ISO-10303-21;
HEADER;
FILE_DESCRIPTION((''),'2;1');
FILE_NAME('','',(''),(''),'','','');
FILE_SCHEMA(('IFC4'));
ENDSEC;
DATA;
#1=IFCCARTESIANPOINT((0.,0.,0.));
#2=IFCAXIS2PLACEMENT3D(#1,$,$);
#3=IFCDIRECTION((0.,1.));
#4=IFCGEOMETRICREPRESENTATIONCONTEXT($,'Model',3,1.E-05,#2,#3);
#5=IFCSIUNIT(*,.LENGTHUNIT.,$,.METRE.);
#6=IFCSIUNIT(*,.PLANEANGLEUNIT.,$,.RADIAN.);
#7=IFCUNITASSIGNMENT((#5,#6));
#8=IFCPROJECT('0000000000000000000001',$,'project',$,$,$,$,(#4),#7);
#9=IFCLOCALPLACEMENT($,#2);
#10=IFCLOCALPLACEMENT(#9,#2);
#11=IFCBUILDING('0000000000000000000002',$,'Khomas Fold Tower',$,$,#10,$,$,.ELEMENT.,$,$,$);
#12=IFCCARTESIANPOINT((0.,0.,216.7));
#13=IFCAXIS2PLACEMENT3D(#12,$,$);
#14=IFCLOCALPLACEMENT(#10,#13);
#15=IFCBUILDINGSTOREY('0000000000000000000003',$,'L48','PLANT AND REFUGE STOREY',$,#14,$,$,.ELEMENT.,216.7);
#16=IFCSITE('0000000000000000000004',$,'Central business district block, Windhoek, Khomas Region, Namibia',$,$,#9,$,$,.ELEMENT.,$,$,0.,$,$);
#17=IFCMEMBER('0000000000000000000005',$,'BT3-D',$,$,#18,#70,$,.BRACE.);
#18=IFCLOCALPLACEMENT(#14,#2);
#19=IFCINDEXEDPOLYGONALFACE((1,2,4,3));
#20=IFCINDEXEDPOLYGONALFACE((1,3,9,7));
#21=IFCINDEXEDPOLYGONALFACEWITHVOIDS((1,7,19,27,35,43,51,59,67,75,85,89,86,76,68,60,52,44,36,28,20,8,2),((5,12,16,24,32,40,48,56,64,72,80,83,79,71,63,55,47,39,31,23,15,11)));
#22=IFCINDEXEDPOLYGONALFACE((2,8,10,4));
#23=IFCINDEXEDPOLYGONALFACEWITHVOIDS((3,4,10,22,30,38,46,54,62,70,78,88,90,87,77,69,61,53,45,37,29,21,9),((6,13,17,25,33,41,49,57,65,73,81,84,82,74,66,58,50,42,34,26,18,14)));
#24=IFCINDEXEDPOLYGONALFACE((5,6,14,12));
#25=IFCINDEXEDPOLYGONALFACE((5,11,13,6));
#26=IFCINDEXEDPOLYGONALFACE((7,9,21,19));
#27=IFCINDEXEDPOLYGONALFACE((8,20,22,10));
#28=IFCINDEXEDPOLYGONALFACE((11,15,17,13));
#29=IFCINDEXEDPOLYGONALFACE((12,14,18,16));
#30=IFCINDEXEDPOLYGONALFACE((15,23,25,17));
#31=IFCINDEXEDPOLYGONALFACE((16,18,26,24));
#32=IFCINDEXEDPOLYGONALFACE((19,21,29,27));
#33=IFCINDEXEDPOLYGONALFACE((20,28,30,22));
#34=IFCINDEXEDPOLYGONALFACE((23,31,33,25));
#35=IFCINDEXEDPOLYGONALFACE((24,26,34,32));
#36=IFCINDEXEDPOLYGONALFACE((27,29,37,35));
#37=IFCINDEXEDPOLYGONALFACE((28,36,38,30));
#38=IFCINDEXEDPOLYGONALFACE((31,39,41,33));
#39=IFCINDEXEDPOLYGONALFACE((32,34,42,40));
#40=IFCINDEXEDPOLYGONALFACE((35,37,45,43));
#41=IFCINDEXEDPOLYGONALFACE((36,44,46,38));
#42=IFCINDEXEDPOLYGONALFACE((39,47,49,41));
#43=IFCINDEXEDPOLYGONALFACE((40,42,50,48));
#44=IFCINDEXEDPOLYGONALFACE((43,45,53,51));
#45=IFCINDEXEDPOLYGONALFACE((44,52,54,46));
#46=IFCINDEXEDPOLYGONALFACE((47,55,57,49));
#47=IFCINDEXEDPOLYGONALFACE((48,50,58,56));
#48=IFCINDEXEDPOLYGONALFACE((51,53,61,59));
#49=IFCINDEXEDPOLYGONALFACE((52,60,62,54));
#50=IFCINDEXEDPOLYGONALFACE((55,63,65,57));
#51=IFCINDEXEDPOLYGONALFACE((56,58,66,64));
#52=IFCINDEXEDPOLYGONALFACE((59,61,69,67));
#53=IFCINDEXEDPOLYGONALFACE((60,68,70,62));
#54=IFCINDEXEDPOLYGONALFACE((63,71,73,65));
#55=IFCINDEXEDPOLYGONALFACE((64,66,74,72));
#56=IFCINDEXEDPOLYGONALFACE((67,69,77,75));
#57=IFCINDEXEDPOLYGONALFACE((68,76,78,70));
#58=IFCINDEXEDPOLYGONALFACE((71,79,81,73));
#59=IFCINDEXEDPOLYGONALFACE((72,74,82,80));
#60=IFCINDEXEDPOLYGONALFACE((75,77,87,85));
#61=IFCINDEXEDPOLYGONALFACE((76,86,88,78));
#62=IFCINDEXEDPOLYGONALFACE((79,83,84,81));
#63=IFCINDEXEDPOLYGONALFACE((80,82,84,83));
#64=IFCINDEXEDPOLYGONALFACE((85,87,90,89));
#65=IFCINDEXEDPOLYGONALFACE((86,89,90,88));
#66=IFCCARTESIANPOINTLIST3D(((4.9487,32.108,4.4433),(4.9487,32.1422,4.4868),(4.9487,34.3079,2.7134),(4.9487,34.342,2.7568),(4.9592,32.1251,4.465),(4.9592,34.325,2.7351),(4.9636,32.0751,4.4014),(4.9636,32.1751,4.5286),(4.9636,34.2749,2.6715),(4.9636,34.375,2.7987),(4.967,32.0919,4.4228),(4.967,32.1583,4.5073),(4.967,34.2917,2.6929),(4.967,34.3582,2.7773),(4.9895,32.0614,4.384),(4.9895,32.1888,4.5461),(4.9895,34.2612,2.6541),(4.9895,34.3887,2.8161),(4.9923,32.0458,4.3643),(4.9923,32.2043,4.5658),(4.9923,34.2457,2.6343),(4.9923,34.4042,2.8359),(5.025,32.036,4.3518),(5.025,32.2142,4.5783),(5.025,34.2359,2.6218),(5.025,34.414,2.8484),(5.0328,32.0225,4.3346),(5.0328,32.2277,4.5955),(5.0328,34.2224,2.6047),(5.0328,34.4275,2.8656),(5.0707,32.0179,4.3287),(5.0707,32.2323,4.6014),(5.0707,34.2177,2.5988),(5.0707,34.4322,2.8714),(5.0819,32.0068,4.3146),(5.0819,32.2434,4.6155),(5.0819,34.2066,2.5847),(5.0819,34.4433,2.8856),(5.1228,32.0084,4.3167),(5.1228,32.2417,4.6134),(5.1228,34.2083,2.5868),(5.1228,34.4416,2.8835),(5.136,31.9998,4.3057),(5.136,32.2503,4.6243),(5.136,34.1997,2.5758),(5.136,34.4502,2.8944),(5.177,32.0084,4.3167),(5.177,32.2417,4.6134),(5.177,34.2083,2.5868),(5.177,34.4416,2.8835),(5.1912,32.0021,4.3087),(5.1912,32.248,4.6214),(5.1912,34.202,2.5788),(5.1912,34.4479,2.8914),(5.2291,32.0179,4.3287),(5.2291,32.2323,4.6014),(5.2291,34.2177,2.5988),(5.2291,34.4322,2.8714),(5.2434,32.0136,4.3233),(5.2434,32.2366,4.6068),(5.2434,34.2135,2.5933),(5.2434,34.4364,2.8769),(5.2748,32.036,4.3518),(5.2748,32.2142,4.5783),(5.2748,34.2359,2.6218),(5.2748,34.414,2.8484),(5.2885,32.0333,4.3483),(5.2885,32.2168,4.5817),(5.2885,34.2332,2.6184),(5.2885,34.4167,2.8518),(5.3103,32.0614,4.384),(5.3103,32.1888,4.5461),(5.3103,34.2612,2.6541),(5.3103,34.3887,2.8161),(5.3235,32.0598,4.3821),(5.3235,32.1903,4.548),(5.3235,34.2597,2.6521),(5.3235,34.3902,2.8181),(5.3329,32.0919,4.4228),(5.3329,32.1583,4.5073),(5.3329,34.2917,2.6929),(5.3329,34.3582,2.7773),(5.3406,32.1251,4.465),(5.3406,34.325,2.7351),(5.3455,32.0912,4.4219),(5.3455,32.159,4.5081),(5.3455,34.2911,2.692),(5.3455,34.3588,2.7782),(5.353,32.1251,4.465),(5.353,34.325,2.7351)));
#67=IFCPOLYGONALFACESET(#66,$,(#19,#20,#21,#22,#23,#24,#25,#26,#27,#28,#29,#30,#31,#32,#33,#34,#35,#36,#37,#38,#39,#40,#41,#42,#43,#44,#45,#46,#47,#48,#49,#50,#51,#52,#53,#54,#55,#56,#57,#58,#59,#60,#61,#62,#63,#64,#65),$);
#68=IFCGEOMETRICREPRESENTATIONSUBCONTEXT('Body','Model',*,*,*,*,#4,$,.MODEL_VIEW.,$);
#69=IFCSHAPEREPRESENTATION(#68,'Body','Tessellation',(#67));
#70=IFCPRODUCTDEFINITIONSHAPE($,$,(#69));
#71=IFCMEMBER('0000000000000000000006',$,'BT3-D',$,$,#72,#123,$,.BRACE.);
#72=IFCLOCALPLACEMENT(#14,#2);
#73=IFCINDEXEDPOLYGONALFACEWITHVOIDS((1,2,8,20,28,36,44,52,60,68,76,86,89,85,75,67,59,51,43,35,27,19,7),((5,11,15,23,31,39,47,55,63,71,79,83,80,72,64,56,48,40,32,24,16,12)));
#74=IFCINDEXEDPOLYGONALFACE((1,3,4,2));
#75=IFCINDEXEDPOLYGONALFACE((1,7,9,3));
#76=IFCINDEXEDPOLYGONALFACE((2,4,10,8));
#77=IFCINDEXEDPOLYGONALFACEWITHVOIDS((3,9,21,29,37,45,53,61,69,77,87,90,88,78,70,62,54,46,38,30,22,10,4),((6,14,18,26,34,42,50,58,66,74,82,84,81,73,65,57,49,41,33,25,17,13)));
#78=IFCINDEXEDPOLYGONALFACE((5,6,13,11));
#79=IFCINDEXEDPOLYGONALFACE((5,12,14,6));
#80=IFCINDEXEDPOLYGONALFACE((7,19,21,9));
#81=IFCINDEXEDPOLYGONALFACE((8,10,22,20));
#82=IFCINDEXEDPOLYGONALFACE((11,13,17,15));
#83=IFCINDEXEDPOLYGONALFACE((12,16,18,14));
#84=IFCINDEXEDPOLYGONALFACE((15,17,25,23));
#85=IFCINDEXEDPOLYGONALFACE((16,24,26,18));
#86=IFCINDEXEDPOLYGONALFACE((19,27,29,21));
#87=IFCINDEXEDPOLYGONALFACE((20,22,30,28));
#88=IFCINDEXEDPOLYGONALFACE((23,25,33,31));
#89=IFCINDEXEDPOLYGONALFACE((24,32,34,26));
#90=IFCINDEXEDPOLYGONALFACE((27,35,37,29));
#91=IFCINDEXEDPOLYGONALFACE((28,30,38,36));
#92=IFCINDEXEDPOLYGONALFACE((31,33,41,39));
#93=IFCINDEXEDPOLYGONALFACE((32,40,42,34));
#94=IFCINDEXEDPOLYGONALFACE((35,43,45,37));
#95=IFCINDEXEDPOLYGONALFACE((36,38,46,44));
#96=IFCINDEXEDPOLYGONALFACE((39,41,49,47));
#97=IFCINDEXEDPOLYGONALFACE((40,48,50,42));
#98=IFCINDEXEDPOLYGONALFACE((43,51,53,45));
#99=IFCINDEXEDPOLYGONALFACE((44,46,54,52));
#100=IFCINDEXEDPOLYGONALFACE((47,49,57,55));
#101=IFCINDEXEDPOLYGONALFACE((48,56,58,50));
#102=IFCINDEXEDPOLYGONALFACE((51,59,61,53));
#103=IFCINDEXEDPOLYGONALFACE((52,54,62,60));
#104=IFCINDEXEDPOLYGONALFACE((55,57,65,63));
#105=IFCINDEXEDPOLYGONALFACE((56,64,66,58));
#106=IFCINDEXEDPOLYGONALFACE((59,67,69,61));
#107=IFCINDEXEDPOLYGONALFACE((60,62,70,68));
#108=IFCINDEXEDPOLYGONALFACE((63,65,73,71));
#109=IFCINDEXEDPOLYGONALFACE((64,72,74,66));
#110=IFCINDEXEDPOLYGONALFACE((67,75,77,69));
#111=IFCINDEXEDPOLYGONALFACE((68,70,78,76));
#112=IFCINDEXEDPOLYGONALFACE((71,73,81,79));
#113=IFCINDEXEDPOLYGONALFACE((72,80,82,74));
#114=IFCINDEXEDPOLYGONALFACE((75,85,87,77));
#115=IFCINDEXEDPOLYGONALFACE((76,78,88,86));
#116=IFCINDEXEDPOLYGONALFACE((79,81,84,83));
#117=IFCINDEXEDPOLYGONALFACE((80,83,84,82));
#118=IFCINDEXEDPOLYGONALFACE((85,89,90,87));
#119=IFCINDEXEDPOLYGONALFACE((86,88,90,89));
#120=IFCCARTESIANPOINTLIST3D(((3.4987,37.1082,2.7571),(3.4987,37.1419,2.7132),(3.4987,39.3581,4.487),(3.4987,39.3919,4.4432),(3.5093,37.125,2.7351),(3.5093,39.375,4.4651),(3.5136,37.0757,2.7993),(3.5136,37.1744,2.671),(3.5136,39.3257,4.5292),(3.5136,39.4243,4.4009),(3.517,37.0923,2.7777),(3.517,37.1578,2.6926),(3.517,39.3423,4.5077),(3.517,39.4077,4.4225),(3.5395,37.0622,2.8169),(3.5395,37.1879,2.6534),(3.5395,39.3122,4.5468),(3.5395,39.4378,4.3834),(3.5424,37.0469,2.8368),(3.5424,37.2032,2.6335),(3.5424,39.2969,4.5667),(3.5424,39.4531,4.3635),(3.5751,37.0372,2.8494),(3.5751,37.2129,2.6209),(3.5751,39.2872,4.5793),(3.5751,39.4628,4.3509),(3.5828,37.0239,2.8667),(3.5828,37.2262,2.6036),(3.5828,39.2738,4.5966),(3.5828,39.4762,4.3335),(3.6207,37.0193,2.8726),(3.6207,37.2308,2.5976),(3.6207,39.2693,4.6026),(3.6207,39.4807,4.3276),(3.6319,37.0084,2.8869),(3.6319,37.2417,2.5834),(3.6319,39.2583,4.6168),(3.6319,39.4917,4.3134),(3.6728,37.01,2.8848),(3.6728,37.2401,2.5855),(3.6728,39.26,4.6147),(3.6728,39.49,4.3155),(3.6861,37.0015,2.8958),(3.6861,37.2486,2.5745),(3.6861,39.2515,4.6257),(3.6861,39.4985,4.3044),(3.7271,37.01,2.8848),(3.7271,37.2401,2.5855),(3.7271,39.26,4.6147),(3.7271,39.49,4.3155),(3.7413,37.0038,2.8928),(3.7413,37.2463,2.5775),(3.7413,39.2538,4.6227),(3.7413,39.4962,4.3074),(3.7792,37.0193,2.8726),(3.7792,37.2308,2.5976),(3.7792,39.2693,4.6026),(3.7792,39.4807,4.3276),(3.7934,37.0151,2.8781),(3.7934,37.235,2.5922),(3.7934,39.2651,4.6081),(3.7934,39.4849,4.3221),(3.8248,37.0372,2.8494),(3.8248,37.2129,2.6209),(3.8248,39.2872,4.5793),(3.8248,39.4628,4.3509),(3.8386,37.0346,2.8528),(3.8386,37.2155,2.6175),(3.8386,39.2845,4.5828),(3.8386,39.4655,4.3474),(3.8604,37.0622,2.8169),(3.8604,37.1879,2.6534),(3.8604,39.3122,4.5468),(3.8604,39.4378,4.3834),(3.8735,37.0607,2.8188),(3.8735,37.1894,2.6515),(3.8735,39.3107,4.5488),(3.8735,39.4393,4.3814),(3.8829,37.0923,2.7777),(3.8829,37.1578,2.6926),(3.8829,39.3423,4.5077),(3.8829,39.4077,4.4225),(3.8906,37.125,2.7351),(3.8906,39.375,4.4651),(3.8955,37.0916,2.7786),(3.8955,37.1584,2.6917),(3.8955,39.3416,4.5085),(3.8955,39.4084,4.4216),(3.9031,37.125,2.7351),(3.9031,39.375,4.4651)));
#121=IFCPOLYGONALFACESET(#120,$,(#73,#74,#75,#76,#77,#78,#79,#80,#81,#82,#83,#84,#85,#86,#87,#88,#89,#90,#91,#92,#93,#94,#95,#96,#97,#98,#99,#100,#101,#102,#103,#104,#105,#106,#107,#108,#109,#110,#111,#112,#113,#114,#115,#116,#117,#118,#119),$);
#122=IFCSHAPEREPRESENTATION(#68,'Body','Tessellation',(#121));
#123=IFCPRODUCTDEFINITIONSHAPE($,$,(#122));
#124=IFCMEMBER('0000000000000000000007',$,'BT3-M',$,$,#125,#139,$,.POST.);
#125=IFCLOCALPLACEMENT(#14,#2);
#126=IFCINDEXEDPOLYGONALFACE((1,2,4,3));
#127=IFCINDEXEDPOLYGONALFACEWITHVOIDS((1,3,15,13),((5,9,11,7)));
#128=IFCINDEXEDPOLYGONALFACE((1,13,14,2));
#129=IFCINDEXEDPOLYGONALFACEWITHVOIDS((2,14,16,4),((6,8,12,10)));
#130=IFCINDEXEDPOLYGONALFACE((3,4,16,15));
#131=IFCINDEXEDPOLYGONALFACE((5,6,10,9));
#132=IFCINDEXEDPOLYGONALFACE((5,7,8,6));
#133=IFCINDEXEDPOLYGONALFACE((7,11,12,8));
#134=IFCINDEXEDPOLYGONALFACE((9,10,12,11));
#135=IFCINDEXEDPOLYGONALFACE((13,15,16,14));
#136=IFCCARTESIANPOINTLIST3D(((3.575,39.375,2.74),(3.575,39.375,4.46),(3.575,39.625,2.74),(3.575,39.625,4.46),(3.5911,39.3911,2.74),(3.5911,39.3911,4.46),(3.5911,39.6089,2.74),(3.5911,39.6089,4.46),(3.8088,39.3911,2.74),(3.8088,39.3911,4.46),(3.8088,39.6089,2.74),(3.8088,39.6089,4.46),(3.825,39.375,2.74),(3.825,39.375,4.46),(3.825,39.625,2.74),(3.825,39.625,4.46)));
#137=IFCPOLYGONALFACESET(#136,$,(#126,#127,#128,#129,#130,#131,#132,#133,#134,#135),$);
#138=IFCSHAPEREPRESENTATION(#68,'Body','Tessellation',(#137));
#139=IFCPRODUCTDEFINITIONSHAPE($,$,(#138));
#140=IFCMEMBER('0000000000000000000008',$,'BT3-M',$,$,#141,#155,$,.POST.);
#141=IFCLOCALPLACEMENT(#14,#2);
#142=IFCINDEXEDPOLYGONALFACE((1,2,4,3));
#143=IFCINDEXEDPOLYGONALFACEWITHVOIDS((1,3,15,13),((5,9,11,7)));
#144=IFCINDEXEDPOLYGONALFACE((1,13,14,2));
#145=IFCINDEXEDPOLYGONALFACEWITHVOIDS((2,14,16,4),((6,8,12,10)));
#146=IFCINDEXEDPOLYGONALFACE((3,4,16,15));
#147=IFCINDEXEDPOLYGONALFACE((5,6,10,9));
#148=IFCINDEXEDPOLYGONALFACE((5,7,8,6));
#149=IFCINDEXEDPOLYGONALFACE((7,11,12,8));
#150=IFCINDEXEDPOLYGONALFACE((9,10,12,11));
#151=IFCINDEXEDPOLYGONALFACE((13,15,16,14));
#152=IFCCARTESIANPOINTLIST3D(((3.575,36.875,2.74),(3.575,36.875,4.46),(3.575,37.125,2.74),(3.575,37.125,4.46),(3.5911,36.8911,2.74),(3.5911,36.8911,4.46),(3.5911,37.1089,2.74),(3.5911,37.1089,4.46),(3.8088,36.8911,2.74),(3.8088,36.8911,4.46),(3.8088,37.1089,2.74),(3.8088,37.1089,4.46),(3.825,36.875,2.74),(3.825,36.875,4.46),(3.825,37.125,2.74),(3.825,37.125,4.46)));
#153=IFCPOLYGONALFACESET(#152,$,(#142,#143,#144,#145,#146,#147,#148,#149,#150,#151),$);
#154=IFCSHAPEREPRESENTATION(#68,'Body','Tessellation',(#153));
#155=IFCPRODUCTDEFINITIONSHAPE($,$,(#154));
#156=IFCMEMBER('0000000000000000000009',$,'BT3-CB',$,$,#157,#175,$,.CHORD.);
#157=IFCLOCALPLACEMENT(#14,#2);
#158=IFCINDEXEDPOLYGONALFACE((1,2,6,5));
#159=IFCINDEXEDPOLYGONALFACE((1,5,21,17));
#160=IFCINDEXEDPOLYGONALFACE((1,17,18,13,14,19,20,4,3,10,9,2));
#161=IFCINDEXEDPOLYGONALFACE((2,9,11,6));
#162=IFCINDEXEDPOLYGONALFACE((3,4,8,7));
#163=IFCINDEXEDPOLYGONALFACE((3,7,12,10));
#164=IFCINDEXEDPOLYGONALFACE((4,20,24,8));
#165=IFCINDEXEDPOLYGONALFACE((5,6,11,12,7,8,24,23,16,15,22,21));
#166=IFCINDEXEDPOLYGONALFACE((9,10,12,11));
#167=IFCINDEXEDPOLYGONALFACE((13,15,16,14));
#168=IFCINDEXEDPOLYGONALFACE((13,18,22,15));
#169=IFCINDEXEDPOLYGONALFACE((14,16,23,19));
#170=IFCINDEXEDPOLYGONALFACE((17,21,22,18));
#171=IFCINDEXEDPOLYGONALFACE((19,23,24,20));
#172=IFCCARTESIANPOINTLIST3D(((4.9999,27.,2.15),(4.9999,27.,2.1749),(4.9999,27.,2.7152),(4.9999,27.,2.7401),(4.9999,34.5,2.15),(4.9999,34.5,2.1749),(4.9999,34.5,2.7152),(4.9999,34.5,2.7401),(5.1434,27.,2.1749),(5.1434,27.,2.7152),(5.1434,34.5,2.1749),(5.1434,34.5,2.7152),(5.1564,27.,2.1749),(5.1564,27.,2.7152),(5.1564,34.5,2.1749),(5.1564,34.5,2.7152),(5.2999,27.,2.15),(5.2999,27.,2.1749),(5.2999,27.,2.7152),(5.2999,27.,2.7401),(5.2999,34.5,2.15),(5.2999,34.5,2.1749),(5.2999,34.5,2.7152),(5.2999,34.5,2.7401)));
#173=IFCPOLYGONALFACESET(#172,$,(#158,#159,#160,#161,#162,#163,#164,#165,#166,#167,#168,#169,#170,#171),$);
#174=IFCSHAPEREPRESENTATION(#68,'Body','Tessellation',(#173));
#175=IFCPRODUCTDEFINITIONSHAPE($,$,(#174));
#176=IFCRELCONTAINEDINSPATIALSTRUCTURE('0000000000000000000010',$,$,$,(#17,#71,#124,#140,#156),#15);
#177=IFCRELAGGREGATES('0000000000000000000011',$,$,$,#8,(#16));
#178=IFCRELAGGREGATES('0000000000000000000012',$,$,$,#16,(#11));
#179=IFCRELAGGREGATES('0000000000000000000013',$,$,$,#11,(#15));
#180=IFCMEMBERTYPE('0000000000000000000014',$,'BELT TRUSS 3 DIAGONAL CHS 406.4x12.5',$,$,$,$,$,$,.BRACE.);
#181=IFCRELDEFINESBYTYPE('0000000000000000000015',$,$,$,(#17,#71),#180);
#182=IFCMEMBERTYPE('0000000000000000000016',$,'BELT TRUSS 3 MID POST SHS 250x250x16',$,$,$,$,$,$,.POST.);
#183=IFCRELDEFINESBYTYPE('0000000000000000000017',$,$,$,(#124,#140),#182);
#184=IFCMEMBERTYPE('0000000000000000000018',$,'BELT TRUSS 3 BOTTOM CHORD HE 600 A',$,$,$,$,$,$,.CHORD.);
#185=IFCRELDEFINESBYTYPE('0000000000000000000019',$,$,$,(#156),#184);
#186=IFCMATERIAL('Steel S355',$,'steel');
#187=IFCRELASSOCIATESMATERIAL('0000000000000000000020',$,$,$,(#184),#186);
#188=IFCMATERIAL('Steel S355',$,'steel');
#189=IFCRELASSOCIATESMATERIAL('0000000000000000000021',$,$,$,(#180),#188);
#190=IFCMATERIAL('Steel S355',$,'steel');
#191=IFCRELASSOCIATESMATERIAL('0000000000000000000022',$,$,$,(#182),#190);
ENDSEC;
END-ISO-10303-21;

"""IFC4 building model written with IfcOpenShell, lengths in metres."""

from ifc_helpers import new_model, si_unit, direction, frame, origin, origin_2d, place, context, subcontext, project, spatial, hollow_rectangle, hollow_circle, i_section, extrude, source, transform, mapped, material, material_profile, profile_set, type_object, element, save


model = new_model("IFC4")

# Units and contexts
model_context = context("Model", 3, precision=1e-05, world=origin(), true_north=direction((0.0, 1.0)))
body_context = subcontext(model_context, "Body", "Model", "MODEL_VIEW")
ifc_project = project(units=[si_unit("LENGTHUNIT", "METRE"), si_unit("PLANEANGLEUNIT", "RADIAN")], contexts=[model_context])

# Site, building, storey
site_placement = place(None, origin())
site = spatial("IfcSite", under=ifc_project, at=site_placement, Name="Central business district block, Windhoek, Khomas Region, Namibia", CompositionType="ELEMENT", RefElevation=0.0)
building_placement = place(site_placement, origin())
building = spatial("IfcBuilding", under=site, at=building_placement, Name="Khomas Fold Tower", CompositionType="ELEMENT")
storey_placement = place(building_placement, frame((0.0, 0.0, 216.7)))
storey = spatial("IfcBuildingStorey", under=building, at=storey_placement, Name="L48", Description="PLANT AND REFUGE STOREY", CompositionType="ELEMENT", Elevation=216.7)

# Members
ifc_material_1 = material(Name="Steel S355", Category="steel")
ifc_material_profile_1 = material_profile(ifc_material_1, i_section(OverallWidth=0.3, OverallDepth=0.5901, WebThickness=0.0129, FlangeThickness=0.0249, at=origin_2d()), Name="HE 600 A")
ifc_profile_set_1 = profile_set([ifc_material_profile_1], Name="Steel S355")
member_type_1 = type_object("IfcMemberType", Name="BELT TRUSS 3 BOTTOM CHORD HE 600 A", PredefinedType="CHORD", material=ifc_profile_set_1)
ifc_material_2 = material(Name="Steel S355", Category="steel")
ifc_material_profile_2 = material_profile(ifc_material_2, hollow_circle(Radius=0.2031, WallThickness=0.0125, at=origin_2d()), Name="CHS 406.4x12.5")
ifc_profile_set_2 = profile_set([ifc_material_profile_2], Name="Steel S355")
member_type_2 = type_object("IfcMemberType", Name="BELT TRUSS 3 DIAGONAL CHS 406.4x12.5", PredefinedType="BRACE", material=ifc_profile_set_2)
shared_shape_1 = source(origin(), body_context, "Body", "SweptSolid", [
    extrude(hollow_circle(Radius=0.2031, WallThickness=0.0125, at=origin_2d()), origin(), (0.0, 0.0, 1.0), 2.7986),
])
for number, where, z_axis, x_axis, name in (
    (1, (5.1499, 34.325, 2.7351), (0.0, -0.786067, 0.618141), (1.0, 0.0, 0.0), "BT3-D"),
):
    element("IfcMember", number, at=place(storey_placement, frame(where, z_axis=z_axis, x_axis=x_axis)), inside=storey, type_object=member_type_2, Name=name, PredefinedType="BRACE", context=body_context, shape_type="MappedRepresentation", body=[
        mapped(shared_shape_1, transform((0.0, 0.0, 0.0))),
    ])
shared_shape_2 = source(origin(), body_context, "Body", "SweptSolid", [
    extrude(hollow_circle(Radius=0.2031, WallThickness=0.0125, at=origin_2d()), origin(), (0.0, 0.0, 1.0), 2.8381),
])
member_1_placement = place(storey_placement, frame((3.7, 39.375, 4.4651), z_axis=(0.0, -0.792758, -0.609536), x_axis=(1.0, 0.0, 0.0)))
element("IfcMember", 2, at=member_1_placement, inside=storey, type_object=member_type_2, Name="BT3-D", PredefinedType="BRACE", context=body_context, shape_type="MappedRepresentation", body=[
    mapped(shared_shape_2, transform((0.0, 0.0, 0.0))),
])
ifc_material_3 = material(Name="Steel S355", Category="steel")
ifc_material_profile_3 = material_profile(ifc_material_3, hollow_rectangle(XDim=0.25, YDim=0.25, WallThickness=0.0161, at=origin_2d()), Name="SHS 250x250x16")
ifc_profile_set_3 = profile_set([ifc_material_profile_3], Name="Steel S355")
member_type_3 = type_object("IfcMemberType", Name="BELT TRUSS 3 MID POST SHS 250x250x16", PredefinedType="POST", material=ifc_profile_set_3)
shared_shape_3 = source(origin(), body_context, "Body", "SweptSolid", [
    extrude(hollow_rectangle(XDim=0.25, YDim=0.25, WallThickness=0.0161, at=origin_2d()), origin(), (0.0, 0.0, 1.0), 1.72),
])
for number, where, z_axis, x_axis, name in (
    (3, (3.7, 39.5, 2.74), (0.0, 0.0, 1.0), (1.0, 0.0, 0.0), "BT3-M"),
    (4, (3.7, 37.0, 2.74), (0.0, 0.0, 1.0), (1.0, 0.0, 0.0), "BT3-M"),
):
    element("IfcMember", number, at=place(storey_placement, frame(where, z_axis=z_axis, x_axis=x_axis)), inside=storey, type_object=member_type_3, Name=name, PredefinedType="POST", context=body_context, shape_type="MappedRepresentation", body=[
        mapped(shared_shape_3, transform((0.0, 0.0, 0.0))),
    ])
shared_shape_4 = source(origin(), body_context, "Body", "SweptSolid", [
    extrude(i_section(OverallWidth=0.3, OverallDepth=0.5901, WebThickness=0.0129, FlangeThickness=0.0249, at=origin_2d()), origin(), (0.0, 0.0, 1.0), 7.5),
])
member_2_placement = place(storey_placement, frame((5.1499, 34.5, 2.4451), z_axis=(0.0, -1.0, 0.0), x_axis=(1.0, 0.0, 0.0)))
element("IfcMember", 5, at=member_2_placement, inside=storey, type_object=member_type_1, Name="BT3-CB", PredefinedType="CHORD", context=body_context, shape_type="MappedRepresentation", body=[
    mapped(shared_shape_4, transform((0.0, 0.0, 0.0))),
])

save(model, "model.ifc")
